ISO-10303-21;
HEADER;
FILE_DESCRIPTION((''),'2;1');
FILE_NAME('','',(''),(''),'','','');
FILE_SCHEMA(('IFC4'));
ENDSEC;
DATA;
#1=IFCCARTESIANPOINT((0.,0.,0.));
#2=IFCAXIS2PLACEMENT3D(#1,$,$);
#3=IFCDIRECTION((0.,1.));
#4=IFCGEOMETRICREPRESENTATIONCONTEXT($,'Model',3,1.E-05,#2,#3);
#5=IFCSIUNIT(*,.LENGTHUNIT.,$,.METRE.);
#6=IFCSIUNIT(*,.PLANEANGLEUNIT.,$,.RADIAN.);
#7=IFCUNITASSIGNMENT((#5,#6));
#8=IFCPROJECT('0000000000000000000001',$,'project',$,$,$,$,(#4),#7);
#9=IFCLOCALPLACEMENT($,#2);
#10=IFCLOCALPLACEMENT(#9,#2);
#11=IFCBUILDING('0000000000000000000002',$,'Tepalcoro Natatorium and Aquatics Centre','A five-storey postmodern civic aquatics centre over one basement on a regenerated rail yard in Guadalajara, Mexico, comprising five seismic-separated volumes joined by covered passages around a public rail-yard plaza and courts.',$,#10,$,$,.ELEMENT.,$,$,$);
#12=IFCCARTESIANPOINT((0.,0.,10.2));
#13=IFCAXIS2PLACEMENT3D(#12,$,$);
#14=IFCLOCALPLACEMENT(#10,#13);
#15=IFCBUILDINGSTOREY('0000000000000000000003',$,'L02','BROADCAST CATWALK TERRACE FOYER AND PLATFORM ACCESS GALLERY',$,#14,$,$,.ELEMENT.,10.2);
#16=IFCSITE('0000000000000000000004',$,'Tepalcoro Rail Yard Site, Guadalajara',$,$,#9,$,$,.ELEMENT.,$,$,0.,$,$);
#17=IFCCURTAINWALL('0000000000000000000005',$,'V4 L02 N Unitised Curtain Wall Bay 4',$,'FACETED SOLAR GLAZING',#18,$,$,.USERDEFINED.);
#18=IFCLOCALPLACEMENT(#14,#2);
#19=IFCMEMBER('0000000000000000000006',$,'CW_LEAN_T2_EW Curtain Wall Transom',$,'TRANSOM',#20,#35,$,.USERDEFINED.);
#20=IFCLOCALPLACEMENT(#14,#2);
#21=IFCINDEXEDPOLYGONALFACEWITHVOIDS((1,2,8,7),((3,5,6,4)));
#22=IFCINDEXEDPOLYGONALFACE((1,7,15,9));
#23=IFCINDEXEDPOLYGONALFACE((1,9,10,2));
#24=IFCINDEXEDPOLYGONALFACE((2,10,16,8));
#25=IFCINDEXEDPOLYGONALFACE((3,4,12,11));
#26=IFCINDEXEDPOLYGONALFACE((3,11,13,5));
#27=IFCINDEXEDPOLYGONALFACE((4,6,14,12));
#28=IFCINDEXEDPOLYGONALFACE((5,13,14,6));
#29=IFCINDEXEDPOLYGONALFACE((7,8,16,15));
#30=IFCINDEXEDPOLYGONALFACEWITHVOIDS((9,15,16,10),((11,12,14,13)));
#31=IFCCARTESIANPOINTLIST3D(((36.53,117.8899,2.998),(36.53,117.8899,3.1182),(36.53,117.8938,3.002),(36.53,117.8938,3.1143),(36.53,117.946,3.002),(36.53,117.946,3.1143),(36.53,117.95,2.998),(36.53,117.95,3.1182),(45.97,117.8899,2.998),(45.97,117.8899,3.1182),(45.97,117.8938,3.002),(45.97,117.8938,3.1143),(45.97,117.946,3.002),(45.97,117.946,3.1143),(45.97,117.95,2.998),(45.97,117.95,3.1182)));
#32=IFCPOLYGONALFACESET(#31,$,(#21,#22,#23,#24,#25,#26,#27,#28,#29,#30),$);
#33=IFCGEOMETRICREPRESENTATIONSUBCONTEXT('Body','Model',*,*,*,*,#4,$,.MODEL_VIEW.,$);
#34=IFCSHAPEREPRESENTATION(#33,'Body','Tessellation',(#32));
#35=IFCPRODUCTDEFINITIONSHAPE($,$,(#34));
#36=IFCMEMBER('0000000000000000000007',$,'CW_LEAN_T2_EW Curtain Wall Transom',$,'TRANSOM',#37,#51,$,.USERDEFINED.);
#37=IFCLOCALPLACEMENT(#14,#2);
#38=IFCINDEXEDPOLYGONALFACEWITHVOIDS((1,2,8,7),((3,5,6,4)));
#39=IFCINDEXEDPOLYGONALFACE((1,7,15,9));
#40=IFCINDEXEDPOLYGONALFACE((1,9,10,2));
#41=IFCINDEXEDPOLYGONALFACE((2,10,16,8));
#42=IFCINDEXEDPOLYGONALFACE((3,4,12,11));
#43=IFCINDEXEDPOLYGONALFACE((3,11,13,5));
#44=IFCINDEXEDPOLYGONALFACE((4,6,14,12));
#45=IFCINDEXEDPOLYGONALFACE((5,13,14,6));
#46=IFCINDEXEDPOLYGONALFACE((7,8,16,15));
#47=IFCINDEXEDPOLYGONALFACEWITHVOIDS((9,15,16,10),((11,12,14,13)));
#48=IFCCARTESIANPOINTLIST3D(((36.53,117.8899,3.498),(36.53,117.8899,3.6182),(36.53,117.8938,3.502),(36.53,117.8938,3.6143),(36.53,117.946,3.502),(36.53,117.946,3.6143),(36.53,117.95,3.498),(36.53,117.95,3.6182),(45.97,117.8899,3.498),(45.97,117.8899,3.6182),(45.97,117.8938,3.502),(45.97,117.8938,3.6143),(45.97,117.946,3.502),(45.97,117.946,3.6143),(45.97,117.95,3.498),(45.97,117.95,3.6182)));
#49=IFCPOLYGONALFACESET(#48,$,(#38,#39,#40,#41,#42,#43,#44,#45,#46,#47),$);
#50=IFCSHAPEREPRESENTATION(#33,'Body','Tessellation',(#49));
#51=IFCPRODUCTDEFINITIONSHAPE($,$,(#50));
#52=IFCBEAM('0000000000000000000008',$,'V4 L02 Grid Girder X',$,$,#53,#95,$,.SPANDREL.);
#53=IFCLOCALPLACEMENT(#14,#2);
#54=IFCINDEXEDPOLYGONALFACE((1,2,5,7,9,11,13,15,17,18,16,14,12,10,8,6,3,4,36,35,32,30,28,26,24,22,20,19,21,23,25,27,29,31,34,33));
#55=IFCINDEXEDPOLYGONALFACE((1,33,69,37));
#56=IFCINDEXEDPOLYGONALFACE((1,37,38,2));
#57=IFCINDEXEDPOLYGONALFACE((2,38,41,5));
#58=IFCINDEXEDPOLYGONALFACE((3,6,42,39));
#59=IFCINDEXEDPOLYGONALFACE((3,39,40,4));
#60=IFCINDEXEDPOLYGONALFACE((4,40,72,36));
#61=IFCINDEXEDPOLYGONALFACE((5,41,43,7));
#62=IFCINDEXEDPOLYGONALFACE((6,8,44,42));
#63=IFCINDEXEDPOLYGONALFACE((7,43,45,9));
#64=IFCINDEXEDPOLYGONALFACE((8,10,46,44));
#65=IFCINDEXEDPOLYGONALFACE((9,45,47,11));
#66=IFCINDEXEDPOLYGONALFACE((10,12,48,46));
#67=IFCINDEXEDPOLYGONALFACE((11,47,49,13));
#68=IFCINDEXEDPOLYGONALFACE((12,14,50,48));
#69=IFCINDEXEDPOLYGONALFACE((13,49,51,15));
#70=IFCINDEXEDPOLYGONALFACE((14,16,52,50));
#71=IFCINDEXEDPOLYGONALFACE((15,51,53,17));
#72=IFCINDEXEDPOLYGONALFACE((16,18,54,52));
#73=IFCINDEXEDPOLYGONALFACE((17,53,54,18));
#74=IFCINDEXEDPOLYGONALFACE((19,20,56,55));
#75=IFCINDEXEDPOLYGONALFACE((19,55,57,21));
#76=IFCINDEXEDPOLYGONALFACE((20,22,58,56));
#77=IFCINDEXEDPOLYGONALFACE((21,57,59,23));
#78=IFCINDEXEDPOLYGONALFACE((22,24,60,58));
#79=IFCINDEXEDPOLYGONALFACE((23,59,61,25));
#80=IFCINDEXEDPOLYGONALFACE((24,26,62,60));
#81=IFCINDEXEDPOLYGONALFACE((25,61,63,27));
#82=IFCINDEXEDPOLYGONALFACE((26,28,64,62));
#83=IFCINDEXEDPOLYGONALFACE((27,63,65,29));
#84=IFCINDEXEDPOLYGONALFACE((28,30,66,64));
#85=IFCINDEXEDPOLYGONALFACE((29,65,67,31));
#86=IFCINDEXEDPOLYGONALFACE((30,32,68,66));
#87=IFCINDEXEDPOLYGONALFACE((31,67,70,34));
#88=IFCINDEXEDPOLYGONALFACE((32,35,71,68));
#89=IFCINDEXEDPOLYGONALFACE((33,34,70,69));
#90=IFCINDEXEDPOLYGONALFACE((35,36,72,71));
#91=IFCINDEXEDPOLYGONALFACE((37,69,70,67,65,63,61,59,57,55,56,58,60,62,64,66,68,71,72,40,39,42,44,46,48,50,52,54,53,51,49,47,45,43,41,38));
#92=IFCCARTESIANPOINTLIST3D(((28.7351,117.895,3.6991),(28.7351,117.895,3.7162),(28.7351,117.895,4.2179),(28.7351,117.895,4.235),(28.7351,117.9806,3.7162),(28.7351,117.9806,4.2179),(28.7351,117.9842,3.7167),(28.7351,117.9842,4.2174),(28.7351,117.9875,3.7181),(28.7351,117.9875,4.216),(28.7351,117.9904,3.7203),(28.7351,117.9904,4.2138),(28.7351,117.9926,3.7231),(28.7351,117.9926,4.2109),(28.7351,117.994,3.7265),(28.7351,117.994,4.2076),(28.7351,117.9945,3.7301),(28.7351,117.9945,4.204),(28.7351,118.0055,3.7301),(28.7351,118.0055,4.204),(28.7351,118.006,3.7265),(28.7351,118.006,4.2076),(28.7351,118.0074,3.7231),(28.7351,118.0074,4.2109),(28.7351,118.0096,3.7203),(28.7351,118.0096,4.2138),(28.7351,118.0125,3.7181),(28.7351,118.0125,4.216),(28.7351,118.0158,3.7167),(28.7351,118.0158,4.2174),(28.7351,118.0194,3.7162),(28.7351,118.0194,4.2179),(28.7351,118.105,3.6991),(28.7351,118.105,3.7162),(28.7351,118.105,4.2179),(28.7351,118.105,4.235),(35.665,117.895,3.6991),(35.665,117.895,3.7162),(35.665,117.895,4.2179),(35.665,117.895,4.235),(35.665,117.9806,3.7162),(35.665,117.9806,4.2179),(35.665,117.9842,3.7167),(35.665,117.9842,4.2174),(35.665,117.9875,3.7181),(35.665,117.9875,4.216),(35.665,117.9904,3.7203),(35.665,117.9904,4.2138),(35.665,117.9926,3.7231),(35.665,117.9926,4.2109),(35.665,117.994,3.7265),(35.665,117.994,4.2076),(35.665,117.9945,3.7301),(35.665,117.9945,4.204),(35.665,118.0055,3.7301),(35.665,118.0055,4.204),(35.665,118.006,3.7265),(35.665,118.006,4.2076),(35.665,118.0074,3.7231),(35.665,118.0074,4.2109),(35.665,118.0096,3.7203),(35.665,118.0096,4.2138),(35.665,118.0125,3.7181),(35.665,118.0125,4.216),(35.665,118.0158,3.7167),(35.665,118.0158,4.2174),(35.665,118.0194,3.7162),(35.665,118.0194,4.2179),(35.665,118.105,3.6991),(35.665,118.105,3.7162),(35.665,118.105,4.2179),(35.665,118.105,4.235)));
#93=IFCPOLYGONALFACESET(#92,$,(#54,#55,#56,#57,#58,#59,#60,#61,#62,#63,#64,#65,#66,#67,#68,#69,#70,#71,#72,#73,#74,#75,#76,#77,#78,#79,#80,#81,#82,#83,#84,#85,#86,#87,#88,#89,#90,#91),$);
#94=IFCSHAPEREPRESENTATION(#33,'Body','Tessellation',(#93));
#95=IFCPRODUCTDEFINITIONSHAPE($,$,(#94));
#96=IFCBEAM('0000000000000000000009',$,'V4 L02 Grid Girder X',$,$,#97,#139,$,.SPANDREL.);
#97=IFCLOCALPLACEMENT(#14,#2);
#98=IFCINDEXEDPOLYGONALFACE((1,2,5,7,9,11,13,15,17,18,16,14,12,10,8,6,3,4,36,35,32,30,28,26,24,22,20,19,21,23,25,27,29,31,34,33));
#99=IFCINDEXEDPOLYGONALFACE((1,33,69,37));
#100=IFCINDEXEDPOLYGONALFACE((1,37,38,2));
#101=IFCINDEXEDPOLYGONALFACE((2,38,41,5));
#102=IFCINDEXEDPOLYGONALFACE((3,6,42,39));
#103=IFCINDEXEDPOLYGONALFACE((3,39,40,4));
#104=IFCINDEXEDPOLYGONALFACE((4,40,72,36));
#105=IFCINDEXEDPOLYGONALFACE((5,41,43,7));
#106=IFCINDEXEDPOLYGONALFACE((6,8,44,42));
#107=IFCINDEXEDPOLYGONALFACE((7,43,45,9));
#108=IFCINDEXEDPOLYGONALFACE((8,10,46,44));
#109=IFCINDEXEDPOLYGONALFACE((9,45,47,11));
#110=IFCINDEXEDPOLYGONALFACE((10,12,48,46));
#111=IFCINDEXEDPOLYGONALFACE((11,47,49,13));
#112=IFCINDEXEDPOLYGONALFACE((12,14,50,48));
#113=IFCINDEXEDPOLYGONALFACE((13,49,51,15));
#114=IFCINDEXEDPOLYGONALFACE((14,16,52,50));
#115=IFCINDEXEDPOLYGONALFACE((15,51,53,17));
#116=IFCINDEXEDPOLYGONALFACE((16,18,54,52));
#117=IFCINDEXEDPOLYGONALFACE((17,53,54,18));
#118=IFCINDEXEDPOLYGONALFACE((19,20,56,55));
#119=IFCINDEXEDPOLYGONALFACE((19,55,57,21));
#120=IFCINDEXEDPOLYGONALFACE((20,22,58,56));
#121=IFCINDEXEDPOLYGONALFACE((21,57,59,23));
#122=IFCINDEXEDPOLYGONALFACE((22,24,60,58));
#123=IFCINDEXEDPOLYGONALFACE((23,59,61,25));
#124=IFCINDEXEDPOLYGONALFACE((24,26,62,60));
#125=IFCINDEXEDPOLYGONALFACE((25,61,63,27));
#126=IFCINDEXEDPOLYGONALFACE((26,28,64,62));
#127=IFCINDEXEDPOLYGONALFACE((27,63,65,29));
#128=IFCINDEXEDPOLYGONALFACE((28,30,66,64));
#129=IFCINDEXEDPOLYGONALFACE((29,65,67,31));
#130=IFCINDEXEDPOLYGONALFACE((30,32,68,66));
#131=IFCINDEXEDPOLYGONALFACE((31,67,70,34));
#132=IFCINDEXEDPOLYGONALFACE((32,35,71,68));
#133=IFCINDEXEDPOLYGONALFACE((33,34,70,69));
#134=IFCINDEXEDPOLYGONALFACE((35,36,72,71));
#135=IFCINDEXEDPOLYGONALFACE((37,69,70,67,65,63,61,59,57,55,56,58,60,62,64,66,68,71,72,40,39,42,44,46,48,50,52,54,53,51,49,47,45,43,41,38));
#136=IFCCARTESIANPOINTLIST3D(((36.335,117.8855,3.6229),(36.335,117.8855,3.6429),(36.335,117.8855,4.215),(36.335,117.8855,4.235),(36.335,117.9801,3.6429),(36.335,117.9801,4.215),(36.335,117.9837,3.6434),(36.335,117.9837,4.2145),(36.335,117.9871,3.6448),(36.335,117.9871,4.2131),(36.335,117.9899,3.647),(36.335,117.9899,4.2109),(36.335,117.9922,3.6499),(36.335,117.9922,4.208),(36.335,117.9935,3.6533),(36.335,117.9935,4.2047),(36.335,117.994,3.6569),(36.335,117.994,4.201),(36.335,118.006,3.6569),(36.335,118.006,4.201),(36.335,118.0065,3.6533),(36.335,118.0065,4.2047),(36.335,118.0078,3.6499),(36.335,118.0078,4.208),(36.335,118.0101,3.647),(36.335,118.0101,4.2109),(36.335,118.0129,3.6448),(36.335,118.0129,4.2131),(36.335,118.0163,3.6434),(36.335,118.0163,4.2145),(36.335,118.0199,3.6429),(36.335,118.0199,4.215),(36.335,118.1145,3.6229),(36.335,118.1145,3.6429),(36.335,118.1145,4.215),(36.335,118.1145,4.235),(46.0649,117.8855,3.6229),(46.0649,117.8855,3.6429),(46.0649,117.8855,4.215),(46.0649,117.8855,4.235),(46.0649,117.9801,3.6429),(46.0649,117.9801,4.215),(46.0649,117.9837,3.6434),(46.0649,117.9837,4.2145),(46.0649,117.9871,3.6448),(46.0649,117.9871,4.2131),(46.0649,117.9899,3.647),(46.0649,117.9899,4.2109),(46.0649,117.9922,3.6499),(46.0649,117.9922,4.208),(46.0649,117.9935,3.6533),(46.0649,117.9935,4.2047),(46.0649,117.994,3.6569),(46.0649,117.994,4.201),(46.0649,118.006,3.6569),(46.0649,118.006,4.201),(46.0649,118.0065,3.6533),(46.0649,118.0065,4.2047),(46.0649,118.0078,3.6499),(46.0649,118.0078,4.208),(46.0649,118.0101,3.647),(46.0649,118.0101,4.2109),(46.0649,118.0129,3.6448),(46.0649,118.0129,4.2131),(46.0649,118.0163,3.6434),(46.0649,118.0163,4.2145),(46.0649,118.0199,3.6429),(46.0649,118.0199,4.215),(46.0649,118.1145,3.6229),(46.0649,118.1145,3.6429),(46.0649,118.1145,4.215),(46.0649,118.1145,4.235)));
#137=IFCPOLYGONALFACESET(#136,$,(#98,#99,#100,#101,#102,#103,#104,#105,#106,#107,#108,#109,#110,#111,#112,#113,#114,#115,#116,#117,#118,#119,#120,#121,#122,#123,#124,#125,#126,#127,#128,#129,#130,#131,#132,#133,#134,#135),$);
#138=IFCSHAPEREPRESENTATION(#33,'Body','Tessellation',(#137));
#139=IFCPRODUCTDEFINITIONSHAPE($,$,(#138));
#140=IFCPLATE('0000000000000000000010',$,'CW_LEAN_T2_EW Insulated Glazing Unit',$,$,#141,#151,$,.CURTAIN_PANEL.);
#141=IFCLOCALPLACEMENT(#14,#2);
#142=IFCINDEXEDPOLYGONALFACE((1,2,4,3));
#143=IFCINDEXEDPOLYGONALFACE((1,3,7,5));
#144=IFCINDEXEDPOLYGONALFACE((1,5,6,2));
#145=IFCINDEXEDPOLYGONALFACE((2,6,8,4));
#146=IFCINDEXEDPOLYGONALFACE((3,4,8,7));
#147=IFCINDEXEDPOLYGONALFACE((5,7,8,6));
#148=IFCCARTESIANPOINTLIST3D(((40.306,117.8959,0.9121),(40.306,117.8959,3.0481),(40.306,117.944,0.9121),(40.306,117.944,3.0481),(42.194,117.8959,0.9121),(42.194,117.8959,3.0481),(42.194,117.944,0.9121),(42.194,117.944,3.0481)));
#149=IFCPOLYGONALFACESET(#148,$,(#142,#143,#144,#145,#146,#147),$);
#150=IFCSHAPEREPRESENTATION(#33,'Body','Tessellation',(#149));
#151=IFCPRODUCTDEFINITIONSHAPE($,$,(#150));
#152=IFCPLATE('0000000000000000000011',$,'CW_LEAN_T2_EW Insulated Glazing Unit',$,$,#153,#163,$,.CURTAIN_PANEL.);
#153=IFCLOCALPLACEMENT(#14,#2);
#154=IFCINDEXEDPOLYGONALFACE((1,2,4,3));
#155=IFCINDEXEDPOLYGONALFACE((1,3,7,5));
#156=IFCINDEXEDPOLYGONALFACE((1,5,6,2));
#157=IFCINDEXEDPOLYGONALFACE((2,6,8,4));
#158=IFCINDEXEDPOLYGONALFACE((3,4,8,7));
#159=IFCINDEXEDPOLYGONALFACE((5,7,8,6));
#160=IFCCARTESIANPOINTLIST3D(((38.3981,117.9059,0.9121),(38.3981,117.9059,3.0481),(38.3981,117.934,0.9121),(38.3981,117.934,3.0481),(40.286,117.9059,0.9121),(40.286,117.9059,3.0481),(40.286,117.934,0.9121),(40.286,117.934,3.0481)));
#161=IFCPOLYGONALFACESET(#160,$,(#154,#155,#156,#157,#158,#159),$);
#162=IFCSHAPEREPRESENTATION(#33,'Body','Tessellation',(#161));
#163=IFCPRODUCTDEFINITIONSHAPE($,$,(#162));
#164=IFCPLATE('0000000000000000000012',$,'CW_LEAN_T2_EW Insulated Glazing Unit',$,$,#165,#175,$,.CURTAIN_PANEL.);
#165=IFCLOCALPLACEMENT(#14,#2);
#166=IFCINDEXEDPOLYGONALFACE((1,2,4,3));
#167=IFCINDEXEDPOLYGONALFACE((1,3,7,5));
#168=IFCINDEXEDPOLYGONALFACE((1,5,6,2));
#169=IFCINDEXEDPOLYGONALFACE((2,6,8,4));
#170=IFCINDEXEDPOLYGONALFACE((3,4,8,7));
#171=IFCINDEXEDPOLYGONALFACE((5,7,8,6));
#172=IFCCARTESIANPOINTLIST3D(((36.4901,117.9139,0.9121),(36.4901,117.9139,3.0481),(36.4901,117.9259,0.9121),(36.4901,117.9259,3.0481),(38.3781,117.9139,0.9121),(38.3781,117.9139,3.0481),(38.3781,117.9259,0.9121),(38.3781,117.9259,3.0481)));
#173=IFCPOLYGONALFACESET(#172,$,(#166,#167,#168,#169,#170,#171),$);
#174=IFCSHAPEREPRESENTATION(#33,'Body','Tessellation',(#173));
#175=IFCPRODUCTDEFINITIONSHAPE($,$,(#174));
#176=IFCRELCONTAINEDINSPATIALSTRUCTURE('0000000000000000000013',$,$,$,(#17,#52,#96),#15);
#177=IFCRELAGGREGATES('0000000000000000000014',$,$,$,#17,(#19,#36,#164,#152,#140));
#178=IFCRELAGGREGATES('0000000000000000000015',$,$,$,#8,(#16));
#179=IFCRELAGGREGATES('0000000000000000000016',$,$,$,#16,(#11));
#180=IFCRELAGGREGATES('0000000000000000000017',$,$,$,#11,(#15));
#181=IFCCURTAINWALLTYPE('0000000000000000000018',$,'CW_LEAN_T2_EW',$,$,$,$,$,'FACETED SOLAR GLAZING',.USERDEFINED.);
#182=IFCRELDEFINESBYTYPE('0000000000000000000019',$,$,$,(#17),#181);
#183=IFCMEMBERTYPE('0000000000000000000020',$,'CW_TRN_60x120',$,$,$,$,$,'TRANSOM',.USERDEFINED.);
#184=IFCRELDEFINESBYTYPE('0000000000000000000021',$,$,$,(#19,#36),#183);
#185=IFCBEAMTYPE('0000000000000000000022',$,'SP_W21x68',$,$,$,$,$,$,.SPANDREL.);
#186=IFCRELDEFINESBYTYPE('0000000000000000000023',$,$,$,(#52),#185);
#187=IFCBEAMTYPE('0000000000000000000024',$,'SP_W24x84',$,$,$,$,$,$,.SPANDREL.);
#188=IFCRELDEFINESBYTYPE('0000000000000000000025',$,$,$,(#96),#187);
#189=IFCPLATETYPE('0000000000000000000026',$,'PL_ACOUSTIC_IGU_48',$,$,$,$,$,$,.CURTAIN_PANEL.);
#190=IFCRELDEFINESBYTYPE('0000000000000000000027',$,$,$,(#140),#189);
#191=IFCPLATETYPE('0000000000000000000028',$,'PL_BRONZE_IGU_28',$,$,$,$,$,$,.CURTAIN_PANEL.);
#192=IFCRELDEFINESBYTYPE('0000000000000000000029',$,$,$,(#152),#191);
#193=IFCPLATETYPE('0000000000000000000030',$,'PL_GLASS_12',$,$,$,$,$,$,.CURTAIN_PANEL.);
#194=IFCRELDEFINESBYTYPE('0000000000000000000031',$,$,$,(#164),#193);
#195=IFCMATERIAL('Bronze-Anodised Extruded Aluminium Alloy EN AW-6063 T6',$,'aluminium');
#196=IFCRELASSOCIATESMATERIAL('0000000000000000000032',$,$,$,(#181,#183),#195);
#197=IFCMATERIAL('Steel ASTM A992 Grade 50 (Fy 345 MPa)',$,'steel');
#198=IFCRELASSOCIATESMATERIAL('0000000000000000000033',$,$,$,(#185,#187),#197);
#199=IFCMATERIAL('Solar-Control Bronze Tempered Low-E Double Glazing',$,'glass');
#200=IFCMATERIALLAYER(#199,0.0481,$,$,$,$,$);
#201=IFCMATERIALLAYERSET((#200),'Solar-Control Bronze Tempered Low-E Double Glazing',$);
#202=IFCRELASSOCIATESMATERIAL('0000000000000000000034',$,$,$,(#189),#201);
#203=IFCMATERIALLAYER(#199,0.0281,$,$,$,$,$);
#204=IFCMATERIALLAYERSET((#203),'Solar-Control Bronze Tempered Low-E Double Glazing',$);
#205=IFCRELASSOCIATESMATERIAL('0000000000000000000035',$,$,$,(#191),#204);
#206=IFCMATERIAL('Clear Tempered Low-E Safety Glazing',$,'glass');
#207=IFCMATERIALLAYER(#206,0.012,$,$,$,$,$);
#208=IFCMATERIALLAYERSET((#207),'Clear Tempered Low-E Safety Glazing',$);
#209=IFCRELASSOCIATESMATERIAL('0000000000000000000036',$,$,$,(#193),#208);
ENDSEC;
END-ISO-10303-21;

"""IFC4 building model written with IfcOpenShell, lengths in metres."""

from ifc_helpers import new_model, si_unit, direction, frame, origin, origin_2d, place, context, subcontext, project, spatial, rectangle, hollow_rectangle, i_section, extrude, material, layer, layer_set, material_profile, profile_set, type_object, element, aggregate, save


model = new_model("IFC4")

# Units and contexts
model_context = context("Model", 3, precision=1e-05, world=origin(), true_north=direction((0.0, 1.0)))
body_context = subcontext(model_context, "Body", "Model", "MODEL_VIEW")
ifc_project = project(units=[si_unit("LENGTHUNIT", "METRE"), si_unit("PLANEANGLEUNIT", "RADIAN")], contexts=[model_context])

# Site, building, storey
site_placement = place(None, origin())
site = spatial("IfcSite", under=ifc_project, at=site_placement, Name="Tepalcoro Rail Yard Site, Guadalajara", CompositionType="ELEMENT", RefElevation=0.0)
building_placement = place(site_placement, origin())
building = spatial("IfcBuilding", under=site, at=building_placement, Name="Tepalcoro Natatorium and Aquatics Centre", Description="A five-storey postmodern civic aquatics centre over one basement on a regenerated rail yard in Guadalajara, Mexico, comprising five seismic-separated volumes joined by covered passages around a public rail-yard plaza and courts.", CompositionType="ELEMENT")
storey_placement = place(building_placement, frame((0.0, 0.0, 10.2)))
storey = spatial("IfcBuildingStorey", under=building, at=storey_placement, Name="L02", Description="BROADCAST CATWALK TERRACE FOYER AND PLATFORM ACCESS GALLERY", CompositionType="ELEMENT", Elevation=10.2)

# Curtain wall, members
ifc_material_1 = material(Name="Bronze-Anodised Extruded Aluminium Alloy EN AW-6063 T6", Category="aluminium")
curtain_wall_type = type_object("IfcCurtainWallType", Name="CW_LEAN_T2_EW", ElementType="FACETED SOLAR GLAZING", PredefinedType="USERDEFINED", material=ifc_material_1)
curtain_wall_placement = place(storey_placement, origin())
curtain_wall = element("IfcCurtainWall", 1, at=curtain_wall_placement, inside=storey, type_object=curtain_wall_type, Name="V4 L02 N Unitised Curtain Wall Bay 4", ObjectType="FACETED SOLAR GLAZING", PredefinedType="USERDEFINED")
ifc_material_profile_1 = material_profile(ifc_material_1, hollow_rectangle(XDim=0.0601, YDim=0.1201, WallThickness=0.0039, at=origin_2d()), Name="AL60X120X4")
ifc_profile_set_1 = profile_set([ifc_material_profile_1], Name="Bronze-Anodised Extruded Aluminium Alloy EN AW-6063 T6")
member_type_1 = type_object("IfcMemberType", Name="CW_TRN_60x120", ElementType="TRANSOM", PredefinedType="USERDEFINED", material=ifc_profile_set_1)
member_1_placement = place(storey_placement, frame((36.53, 117.9199, 3.0581), z_axis=(1.0, 0.0, 0.0), x_axis=(0.0, 1.0, 0.0)))
member_1 = element("IfcMember", 2, at=member_1_placement, type_object=member_type_1, Name="CW_LEAN_T2_EW Curtain Wall Transom", ObjectType="TRANSOM", PredefinedType="USERDEFINED", context=body_context, shape_type="SweptSolid", body=[
    extrude(hollow_rectangle(XDim=0.0601, YDim=0.1201, WallThickness=0.0039, at=origin_2d()), origin(), (0.0, 0.0, 1.0), 9.4399),
])
member_2_placement = place(storey_placement, frame((36.53, 117.9199, 3.5581), z_axis=(1.0, 0.0, 0.0), x_axis=(0.0, 1.0, 0.0)))
member_2 = element("IfcMember", 3, at=member_2_placement, type_object=member_type_1, Name="CW_LEAN_T2_EW Curtain Wall Transom", ObjectType="TRANSOM", PredefinedType="USERDEFINED", context=body_context, shape_type="SweptSolid", body=[
    extrude(hollow_rectangle(XDim=0.0601, YDim=0.1201, WallThickness=0.0039, at=origin_2d()), origin(), (0.0, 0.0, 1.0), 9.4399),
])

# Beams
ifc_material_2 = material(Name="Steel ASTM A992 Grade 50 (Fy 345 MPa)", Category="steel")
ifc_material_profile_2 = material_profile(ifc_material_2, i_section(OverallWidth=0.21, OverallDepth=0.5359, WebThickness=0.011, FlangeThickness=0.0171, FilletRadius=0.0139, at=origin_2d()), Name="W21X68")
ifc_profile_set_2 = profile_set([ifc_material_profile_2], Name="Steel ASTM A992 Grade 50 (Fy 345 MPa)")
beam_type_1 = type_object("IfcBeamType", Name="SP_W21x68", PredefinedType="SPANDREL", material=ifc_profile_set_2)
beam_1_placement = place(storey_placement, frame((28.7351, 118.0, 3.967), z_axis=(1.0, 0.0, 0.0), x_axis=(0.0, 1.0, 0.0)))
element("IfcBeam", 4, at=beam_1_placement, inside=storey, type_object=beam_type_1, Name="V4 L02 Grid Girder X", PredefinedType="SPANDREL", context=body_context, shape_type="SweptSolid", body=[
    extrude(i_section(OverallWidth=0.21, OverallDepth=0.5359, WebThickness=0.011, FlangeThickness=0.0171, FilletRadius=0.0139, at=origin_2d()), origin(), (0.0, 0.0, 1.0), 6.9299),
])
ifc_material_profile_3 = material_profile(ifc_material_2, i_section(OverallWidth=0.229, OverallDepth=0.6121, WebThickness=0.012, FlangeThickness=0.02, FilletRadius=0.0139, at=origin_2d()), Name="W24X84")
ifc_profile_set_3 = profile_set([ifc_material_profile_3], Name="Steel ASTM A992 Grade 50 (Fy 345 MPa)")
beam_type_2 = type_object("IfcBeamType", Name="SP_W24x84", PredefinedType="SPANDREL", material=ifc_profile_set_3)
beam_2_placement = place(storey_placement, frame((36.335, 118.0, 3.929), z_axis=(1.0, 0.0, 0.0), x_axis=(0.0, 1.0, 0.0)))
element("IfcBeam", 5, at=beam_2_placement, inside=storey, type_object=beam_type_2, Name="V4 L02 Grid Girder X", PredefinedType="SPANDREL", context=body_context, shape_type="SweptSolid", body=[
    extrude(i_section(OverallWidth=0.229, OverallDepth=0.6121, WebThickness=0.012, FlangeThickness=0.02, FilletRadius=0.0139, at=origin_2d()), origin(), (0.0, 0.0, 1.0), 9.73),
])

# Plates
ifc_material_3 = material(Name="Solar-Control Bronze Tempered Low-E Double Glazing", Category="glass")
ifc_layer_1 = layer(ifc_material_3, 0.0481)
ifc_layer_set_1 = layer_set([ifc_layer_1], Name="Solar-Control Bronze Tempered Low-E Double Glazing")
plate_type_1 = type_object("IfcPlateType", Name="PL_ACOUSTIC_IGU_48", PredefinedType="CURTAIN_PANEL", material=ifc_layer_set_1)
plate_1_placement = place(storey_placement, frame((41.25, 117.9199, 0.9121), z_axis=(0.0, 0.0, 1.0), x_axis=(1.0, 0.0, 0.0)))
plate_1 = element("IfcPlate", 6, at=plate_1_placement, type_object=plate_type_1, Name="CW_LEAN_T2_EW Insulated Glazing Unit", PredefinedType="CURTAIN_PANEL", context=body_context, shape_type="SweptSolid", body=[
    extrude(rectangle(XDim=1.8879, YDim=0.0481, at=origin_2d()), origin(), (0.0, 0.0, 1.0), 2.136),
])
ifc_layer_2 = layer(ifc_material_3, 0.0281)
ifc_layer_set_2 = layer_set([ifc_layer_2], Name="Solar-Control Bronze Tempered Low-E Double Glazing")
plate_type_2 = type_object("IfcPlateType", Name="PL_BRONZE_IGU_28", PredefinedType="CURTAIN_PANEL", material=ifc_layer_set_2)
plate_2_placement = place(storey_placement, frame((39.342, 117.9199, 0.9121), z_axis=(0.0, 0.0, 1.0), x_axis=(1.0, 0.0, 0.0)))
plate_2 = element("IfcPlate", 7, at=plate_2_placement, type_object=plate_type_2, Name="CW_LEAN_T2_EW Insulated Glazing Unit", PredefinedType="CURTAIN_PANEL", context=body_context, shape_type="SweptSolid", body=[
    extrude(rectangle(XDim=1.8879, YDim=0.0281, at=origin_2d()), origin(), (0.0, 0.0, 1.0), 2.136),
])
ifc_material_4 = material(Name="Clear Tempered Low-E Safety Glazing", Category="glass")
ifc_layer_3 = layer(ifc_material_4, 0.012)
ifc_layer_set_3 = layer_set([ifc_layer_3], Name="Clear Tempered Low-E Safety Glazing")
plate_type_3 = type_object("IfcPlateType", Name="PL_GLASS_12", PredefinedType="CURTAIN_PANEL", material=ifc_layer_set_3)
plate_3_placement = place(storey_placement, frame((37.4341, 117.9199, 0.9121), z_axis=(0.0, 0.0, 1.0), x_axis=(1.0, 0.0, 0.0)))
plate_3 = element("IfcPlate", 8, at=plate_3_placement, type_object=plate_type_3, Name="CW_LEAN_T2_EW Insulated Glazing Unit", PredefinedType="CURTAIN_PANEL", context=body_context, shape_type="SweptSolid", body=[
    extrude(rectangle(XDim=1.8879, YDim=0.012, at=origin_2d()), origin(), (0.0, 0.0, 1.0), 2.136),
])
aggregate(curtain_wall, [member_1, member_2, plate_3, plate_2, plate_1])

save(model, "model.ifc")
